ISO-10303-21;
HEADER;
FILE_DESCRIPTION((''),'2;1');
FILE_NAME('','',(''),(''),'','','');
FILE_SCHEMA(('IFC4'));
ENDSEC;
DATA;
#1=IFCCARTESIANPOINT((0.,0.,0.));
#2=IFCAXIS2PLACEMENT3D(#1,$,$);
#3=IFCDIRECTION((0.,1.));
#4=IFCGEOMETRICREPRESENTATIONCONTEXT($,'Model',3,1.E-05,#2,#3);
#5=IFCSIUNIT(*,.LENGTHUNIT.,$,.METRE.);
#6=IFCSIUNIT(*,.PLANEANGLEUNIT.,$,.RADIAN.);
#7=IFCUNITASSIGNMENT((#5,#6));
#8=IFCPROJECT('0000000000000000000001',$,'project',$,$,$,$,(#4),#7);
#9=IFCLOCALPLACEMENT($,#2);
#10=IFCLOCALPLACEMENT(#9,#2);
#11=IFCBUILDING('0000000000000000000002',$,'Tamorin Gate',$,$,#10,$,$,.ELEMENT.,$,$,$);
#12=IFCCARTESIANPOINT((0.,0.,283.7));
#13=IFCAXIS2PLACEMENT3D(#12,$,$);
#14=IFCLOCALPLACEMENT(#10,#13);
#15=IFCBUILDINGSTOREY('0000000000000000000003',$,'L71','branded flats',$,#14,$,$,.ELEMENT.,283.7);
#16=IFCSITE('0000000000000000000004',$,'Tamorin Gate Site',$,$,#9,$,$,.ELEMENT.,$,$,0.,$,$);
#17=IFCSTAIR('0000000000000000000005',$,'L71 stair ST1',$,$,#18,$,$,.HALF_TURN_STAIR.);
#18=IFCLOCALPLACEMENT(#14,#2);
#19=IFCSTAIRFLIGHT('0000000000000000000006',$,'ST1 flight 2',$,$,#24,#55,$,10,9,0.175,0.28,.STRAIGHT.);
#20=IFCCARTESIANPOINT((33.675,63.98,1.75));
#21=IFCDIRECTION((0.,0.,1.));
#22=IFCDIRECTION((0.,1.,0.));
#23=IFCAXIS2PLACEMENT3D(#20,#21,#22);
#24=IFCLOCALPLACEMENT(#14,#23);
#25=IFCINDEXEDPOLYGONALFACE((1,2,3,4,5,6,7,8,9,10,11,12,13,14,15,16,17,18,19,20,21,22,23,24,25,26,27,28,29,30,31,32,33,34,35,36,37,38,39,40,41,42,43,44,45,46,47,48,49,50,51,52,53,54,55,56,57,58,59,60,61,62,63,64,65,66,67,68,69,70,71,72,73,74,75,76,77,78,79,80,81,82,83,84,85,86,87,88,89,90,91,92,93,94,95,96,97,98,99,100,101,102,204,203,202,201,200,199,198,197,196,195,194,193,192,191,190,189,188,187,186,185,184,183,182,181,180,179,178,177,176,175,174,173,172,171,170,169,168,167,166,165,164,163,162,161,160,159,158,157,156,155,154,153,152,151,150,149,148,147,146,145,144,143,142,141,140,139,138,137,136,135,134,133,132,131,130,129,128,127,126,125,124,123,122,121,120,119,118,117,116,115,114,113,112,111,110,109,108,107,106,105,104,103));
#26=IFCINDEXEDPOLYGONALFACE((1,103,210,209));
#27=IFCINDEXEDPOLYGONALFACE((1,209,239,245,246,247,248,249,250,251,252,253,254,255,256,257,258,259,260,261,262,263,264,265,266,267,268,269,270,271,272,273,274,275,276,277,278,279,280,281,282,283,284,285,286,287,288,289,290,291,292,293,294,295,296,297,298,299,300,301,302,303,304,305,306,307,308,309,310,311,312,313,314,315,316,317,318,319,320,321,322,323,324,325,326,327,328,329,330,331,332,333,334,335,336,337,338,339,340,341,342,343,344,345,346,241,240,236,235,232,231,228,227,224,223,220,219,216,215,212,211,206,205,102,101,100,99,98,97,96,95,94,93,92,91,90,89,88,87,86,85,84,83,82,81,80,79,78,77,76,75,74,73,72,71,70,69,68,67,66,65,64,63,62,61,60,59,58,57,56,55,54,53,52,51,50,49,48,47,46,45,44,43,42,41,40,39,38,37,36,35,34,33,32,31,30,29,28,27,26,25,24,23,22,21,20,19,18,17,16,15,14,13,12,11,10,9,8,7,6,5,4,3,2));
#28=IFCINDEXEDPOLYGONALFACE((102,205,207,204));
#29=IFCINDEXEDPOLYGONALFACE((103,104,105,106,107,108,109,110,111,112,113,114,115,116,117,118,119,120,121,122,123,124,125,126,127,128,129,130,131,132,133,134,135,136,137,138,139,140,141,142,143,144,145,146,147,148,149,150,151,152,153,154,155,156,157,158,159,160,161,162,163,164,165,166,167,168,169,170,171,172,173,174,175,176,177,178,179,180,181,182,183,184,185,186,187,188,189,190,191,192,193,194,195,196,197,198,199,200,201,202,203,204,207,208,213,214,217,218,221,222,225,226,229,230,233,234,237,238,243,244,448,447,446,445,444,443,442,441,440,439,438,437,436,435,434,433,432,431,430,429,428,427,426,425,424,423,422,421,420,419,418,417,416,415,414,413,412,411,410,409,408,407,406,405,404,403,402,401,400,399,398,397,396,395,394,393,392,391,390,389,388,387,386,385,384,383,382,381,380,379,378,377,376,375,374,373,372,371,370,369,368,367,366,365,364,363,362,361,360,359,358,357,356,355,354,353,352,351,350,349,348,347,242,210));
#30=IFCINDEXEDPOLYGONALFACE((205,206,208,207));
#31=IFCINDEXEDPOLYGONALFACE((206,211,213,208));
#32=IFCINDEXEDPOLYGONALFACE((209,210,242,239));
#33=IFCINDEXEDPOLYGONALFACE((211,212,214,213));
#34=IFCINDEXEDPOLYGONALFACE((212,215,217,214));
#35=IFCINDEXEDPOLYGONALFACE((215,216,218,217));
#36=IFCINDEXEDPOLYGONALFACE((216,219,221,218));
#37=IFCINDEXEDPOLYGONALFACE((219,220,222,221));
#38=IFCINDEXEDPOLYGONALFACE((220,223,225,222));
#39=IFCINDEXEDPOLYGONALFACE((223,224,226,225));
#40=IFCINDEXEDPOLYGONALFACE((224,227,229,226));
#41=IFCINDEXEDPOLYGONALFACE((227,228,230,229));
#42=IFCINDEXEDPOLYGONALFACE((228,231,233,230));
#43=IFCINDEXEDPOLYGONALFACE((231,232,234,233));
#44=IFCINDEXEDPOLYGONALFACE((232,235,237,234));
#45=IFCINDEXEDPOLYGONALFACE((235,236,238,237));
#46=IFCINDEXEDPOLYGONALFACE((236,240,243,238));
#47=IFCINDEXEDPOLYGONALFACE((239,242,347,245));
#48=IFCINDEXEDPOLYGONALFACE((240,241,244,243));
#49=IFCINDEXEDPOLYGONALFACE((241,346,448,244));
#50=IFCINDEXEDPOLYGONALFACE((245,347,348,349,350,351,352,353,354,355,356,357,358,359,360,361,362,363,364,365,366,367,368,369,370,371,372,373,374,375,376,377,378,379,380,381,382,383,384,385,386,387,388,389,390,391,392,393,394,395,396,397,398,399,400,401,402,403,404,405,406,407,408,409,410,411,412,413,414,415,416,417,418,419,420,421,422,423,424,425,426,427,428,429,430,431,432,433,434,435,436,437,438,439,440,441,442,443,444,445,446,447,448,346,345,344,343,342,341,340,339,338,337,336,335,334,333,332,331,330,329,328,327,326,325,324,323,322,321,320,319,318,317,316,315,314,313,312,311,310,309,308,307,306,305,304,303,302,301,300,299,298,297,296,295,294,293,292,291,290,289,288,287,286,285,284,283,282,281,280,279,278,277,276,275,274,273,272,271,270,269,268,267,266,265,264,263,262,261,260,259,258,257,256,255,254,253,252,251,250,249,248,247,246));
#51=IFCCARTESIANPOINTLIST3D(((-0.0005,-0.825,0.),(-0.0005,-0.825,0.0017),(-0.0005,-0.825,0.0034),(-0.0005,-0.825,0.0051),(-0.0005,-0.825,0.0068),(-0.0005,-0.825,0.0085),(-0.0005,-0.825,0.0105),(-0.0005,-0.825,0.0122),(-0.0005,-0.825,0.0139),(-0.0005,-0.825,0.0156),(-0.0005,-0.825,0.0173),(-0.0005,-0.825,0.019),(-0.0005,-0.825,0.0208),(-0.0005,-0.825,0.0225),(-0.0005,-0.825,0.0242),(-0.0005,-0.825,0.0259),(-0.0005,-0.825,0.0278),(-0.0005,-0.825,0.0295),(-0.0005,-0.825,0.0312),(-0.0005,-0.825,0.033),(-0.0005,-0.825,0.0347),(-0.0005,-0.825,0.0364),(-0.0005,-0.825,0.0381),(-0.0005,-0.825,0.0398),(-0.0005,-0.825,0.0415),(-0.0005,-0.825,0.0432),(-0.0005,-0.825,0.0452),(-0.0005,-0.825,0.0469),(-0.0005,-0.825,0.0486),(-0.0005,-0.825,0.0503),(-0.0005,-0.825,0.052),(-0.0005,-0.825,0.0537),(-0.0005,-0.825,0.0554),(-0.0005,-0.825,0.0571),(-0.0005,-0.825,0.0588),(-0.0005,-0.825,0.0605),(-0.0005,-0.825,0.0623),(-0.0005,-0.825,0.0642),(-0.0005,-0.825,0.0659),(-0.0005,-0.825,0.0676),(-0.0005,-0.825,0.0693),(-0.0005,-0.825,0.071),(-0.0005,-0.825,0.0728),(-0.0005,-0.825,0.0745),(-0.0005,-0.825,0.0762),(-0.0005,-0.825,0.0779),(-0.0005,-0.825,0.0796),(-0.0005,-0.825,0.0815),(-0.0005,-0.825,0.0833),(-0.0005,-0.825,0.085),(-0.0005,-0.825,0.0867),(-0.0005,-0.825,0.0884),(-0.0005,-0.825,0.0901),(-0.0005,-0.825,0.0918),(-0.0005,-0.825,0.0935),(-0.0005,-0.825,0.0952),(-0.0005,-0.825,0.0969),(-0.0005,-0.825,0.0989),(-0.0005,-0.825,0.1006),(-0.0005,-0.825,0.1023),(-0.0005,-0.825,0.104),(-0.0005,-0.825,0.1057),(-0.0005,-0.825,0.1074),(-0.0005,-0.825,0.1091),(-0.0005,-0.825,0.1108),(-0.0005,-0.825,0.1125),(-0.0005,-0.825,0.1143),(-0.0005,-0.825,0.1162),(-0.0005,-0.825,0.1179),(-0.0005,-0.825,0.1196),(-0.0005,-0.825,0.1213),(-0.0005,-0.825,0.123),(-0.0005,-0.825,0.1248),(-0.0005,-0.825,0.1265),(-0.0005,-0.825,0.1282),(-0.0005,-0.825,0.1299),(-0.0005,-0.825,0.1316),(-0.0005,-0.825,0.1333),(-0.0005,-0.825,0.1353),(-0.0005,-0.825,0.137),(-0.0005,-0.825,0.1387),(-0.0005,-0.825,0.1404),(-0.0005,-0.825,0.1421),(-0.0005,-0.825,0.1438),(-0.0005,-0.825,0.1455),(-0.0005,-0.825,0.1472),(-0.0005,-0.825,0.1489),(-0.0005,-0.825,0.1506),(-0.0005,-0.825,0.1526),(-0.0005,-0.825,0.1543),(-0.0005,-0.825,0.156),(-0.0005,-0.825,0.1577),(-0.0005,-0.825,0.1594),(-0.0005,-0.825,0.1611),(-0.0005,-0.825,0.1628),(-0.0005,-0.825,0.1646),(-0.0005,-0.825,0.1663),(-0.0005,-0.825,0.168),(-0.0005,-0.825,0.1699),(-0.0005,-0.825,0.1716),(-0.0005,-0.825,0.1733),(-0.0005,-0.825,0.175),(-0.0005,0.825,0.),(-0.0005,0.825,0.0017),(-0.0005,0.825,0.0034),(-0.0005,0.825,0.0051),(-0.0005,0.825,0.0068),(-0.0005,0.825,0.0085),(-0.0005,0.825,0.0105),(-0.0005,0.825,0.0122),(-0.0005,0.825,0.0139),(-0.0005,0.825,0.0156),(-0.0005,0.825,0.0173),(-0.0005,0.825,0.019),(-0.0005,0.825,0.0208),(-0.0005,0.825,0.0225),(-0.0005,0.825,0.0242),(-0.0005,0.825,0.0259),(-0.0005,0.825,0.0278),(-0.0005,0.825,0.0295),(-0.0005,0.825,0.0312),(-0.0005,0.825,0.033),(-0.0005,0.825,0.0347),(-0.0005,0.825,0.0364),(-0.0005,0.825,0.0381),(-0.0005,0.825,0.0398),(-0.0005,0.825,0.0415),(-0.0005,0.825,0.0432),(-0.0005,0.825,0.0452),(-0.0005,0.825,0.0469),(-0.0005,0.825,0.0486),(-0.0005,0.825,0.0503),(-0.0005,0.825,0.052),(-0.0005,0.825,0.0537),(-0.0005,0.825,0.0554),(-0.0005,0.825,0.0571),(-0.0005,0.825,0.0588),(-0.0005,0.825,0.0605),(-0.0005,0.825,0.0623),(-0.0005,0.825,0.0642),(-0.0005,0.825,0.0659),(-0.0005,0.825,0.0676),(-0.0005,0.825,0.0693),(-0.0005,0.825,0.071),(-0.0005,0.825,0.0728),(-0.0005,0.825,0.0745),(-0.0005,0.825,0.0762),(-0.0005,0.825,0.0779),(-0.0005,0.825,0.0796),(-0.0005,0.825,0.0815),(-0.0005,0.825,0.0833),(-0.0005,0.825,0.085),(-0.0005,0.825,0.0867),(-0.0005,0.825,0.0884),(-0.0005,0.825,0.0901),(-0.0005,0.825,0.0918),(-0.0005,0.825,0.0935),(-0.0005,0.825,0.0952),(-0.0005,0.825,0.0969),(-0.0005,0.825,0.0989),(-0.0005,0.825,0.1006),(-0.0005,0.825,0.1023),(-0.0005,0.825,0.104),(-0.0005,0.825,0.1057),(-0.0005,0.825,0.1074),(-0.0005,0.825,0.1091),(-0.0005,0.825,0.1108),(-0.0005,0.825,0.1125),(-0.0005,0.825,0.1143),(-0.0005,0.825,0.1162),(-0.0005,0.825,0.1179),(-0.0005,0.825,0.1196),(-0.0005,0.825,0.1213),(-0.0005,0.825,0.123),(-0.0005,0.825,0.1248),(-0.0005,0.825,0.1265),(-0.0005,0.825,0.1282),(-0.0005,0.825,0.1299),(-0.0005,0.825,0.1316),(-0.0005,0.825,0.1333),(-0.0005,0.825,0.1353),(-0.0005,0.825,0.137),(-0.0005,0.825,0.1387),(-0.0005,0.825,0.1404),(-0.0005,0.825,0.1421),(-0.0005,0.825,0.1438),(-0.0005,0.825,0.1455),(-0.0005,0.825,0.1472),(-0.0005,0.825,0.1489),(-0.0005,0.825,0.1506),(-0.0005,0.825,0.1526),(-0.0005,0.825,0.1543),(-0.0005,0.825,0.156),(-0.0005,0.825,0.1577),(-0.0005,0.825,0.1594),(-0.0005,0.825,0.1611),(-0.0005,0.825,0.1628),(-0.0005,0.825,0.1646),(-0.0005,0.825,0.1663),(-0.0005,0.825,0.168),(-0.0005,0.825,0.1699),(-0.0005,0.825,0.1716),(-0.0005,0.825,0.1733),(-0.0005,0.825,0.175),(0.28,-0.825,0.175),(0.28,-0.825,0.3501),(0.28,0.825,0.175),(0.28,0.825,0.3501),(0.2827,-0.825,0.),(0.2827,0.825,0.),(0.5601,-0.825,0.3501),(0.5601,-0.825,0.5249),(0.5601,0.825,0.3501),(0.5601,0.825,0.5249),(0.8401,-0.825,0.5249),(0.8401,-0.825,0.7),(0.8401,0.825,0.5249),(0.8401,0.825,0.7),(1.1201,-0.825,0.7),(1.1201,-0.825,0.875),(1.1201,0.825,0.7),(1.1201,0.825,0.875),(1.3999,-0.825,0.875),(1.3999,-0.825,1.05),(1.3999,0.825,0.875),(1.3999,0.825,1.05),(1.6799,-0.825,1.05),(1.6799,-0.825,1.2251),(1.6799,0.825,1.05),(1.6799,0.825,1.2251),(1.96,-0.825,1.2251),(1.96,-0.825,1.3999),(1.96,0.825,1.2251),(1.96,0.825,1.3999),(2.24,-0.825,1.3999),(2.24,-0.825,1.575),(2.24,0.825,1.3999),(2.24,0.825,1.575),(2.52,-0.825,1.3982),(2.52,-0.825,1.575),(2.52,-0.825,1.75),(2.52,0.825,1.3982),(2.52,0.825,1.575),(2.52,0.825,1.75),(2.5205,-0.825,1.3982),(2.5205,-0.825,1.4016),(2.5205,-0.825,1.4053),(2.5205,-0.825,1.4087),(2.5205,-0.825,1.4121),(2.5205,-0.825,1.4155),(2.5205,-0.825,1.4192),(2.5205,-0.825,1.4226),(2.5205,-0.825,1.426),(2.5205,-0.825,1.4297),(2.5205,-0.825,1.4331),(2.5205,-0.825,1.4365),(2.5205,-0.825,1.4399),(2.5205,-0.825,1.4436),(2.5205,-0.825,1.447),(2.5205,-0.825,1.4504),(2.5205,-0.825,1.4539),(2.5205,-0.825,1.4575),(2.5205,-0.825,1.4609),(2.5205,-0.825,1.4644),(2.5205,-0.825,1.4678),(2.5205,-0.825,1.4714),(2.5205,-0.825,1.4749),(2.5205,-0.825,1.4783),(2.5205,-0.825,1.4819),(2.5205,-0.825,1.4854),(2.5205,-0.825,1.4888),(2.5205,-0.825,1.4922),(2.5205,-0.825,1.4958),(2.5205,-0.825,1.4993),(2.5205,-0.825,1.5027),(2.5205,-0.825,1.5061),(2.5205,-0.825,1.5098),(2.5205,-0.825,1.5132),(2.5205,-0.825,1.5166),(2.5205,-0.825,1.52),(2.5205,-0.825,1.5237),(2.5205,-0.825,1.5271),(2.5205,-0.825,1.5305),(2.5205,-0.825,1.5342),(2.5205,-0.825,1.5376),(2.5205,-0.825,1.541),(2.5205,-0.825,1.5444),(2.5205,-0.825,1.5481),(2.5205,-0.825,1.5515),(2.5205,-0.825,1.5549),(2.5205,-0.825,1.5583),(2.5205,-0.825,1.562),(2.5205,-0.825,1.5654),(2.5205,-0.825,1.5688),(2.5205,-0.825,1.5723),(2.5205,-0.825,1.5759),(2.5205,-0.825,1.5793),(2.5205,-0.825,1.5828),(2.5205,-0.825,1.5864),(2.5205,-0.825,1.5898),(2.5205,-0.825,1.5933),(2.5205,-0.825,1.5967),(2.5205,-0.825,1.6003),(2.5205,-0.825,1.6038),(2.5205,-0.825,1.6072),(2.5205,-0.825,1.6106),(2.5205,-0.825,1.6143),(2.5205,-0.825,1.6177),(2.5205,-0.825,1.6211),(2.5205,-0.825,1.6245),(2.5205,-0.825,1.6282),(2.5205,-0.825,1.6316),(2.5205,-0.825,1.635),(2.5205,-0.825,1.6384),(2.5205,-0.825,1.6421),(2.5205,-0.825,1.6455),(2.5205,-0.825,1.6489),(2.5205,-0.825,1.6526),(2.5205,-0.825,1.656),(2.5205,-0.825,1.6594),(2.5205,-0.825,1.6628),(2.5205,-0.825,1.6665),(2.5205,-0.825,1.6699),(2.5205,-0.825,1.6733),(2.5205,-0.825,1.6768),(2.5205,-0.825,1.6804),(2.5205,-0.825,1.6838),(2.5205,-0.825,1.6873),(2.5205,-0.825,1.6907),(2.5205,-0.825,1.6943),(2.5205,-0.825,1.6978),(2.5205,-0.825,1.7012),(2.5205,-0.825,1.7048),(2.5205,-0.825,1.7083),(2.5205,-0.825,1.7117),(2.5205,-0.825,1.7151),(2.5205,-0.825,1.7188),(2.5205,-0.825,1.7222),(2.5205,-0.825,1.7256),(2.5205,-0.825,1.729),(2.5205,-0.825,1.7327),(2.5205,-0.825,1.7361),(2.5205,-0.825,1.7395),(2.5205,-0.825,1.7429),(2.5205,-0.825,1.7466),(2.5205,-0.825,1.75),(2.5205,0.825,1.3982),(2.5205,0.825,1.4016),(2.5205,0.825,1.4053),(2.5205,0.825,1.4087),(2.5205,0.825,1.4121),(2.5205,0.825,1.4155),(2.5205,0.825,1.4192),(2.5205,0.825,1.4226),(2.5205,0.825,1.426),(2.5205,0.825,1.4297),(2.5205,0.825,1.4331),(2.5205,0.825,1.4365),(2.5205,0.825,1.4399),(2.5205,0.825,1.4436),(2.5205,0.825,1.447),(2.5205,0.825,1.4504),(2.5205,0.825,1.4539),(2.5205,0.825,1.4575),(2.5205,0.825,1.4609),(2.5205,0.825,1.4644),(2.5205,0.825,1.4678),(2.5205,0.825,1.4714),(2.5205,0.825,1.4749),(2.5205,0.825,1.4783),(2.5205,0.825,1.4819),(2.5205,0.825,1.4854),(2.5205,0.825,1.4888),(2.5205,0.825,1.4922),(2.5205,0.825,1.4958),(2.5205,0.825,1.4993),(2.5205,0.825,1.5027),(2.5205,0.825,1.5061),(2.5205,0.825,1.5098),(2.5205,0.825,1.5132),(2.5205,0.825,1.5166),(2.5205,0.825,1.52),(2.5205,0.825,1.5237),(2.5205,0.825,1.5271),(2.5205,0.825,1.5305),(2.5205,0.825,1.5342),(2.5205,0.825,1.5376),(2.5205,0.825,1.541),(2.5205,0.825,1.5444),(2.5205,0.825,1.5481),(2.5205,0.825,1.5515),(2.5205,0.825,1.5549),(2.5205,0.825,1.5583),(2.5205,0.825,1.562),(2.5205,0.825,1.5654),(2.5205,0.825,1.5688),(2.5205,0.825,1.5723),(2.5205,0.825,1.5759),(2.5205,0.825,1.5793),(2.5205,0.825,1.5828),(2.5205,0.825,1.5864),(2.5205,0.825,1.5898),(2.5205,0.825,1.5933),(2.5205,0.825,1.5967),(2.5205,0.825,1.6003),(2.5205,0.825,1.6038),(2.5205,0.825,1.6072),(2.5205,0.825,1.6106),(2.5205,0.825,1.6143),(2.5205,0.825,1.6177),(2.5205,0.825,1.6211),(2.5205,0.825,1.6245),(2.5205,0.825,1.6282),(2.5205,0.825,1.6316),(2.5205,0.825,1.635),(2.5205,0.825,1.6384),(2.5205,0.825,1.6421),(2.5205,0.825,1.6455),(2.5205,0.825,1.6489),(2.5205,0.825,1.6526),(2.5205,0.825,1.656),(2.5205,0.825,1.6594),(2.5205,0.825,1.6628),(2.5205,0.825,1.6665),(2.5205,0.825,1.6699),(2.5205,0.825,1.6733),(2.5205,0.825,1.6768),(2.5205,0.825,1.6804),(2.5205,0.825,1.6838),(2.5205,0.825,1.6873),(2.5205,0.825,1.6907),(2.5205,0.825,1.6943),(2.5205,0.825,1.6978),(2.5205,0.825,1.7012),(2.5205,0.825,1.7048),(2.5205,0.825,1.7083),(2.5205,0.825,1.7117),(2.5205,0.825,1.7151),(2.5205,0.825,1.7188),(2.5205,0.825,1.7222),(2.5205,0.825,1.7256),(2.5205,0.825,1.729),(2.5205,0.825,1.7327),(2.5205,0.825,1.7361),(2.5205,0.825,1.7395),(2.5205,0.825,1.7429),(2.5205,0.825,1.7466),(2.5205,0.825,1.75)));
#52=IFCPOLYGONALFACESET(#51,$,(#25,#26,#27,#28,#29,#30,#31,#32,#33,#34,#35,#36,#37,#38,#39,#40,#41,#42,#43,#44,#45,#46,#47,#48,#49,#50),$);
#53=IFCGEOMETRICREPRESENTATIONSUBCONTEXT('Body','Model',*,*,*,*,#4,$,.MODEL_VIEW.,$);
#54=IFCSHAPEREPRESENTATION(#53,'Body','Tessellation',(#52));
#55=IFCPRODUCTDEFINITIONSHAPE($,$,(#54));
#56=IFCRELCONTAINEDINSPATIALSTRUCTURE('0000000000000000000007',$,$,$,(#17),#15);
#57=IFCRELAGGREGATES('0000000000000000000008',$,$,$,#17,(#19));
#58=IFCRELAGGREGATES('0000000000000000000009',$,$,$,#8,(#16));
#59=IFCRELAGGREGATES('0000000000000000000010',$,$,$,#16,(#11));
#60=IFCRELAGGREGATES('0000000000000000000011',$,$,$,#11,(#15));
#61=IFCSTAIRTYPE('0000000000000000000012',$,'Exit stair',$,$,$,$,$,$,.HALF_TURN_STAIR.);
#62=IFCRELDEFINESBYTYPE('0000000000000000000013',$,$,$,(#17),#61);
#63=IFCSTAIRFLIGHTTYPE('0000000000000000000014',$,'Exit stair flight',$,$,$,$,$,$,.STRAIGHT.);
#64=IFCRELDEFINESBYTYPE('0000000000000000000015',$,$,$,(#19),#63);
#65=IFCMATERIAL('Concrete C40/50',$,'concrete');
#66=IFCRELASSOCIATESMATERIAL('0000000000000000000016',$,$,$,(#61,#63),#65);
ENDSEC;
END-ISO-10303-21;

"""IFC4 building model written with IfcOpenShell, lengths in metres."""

from ifc_helpers import new_model, si_unit, direction, frame, origin, place, context, subcontext, project, spatial, polyline, outline, extrude, material, type_object, element, aggregate, save


model = new_model("IFC4")

# Units and contexts
model_context = context("Model", 3, precision=1e-05, world=origin(), true_north=direction((0.0, 1.0)))
body_context = subcontext(model_context, "Body", "Model", "MODEL_VIEW")
ifc_project = project(units=[si_unit("LENGTHUNIT", "METRE"), si_unit("PLANEANGLEUNIT", "RADIAN")], contexts=[model_context])

# Site, building, storey
site_placement = place(None, origin())
site = spatial("IfcSite", under=ifc_project, at=site_placement, Name="Tamorin Gate Site", CompositionType="ELEMENT", RefElevation=0.0)
building_placement = place(site_placement, origin())
building = spatial("IfcBuilding", under=site, at=building_placement, Name="Tamorin Gate", CompositionType="ELEMENT")
storey_placement = place(building_placement, frame((0.0, 0.0, 283.7)))
storey = spatial("IfcBuildingStorey", under=building, at=storey_placement, Name="L71", Description="branded flats", CompositionType="ELEMENT", Elevation=283.7)

# Shared definitions
ifc_material_1 = material(Name="Concrete C40/50", Category="concrete")

# Stair, stair flight
stair_type = type_object("IfcStairType", Name="Exit stair", PredefinedType="HALF_TURN_STAIR", material=ifc_material_1)
stair_1_placement = place(storey_placement, origin())
stair_1 = element("IfcStair", 1, at=stair_1_placement, inside=storey, type_object=stair_type, Name="L71 stair ST1", PredefinedType="HALF_TURN_STAIR")
stair_flight_type = type_object("IfcStairFlightType", Name="Exit stair flight", PredefinedType="STRAIGHT", material=ifc_material_1)
stair_flight_1_placement = place(storey_placement, frame((33.675, 63.98, 1.75), z_axis=(0.0, 0.0, 1.0), x_axis=(0.0, 1.0, 0.0)))
stair_flight_1 = element("IfcStairFlight", 2, at=stair_flight_1_placement, type_object=stair_flight_type, Name="ST1 flight 2", NumberOfRisers=10, NumberOfTreads=9, PredefinedType="STRAIGHT", RiserHeight=0.175, TreadLength=0.28, context=body_context, shape_type="SweptSolid", body=[
    extrude(outline(polyline([(-0.0005, 0.0), (-0.0005, 0.0017), (-0.0005, 0.0034), (-0.0005, 0.0051), (-0.0005, 0.0068), (-0.0005, 0.0085), (-0.0005, 0.0105), (-0.0005, 0.0122), (-0.0005, 0.0139), (-0.0005, 0.0156), (-0.0005, 0.0173), (-0.0005, 0.019), (-0.0005, 0.0208), (-0.0005, 0.0225), (-0.0005, 0.0242), (-0.0005, 0.0259), (-0.0005, 0.0278), (-0.0005, 0.0295), (-0.0005, 0.0312), (-0.0005, 0.033), (-0.0005, 0.0347), (-0.0005, 0.0364), (-0.0005, 0.0381), (-0.0005, 0.0398), (-0.0005, 0.0415), (-0.0005, 0.0432), (-0.0005, 0.0452), (-0.0005, 0.0469), (-0.0005, 0.0486), (-0.0005, 0.0503), (-0.0005, 0.052), (-0.0005, 0.0537), (-0.0005, 0.0554), (-0.0005, 0.0571), (-0.0005, 0.0588), (-0.0005, 0.0605), (-0.0005, 0.0623), (-0.0005, 0.0642), (-0.0005, 0.0659), (-0.0005, 0.0676), (-0.0005, 0.0693), (-0.0005, 0.071), (-0.0005, 0.0728), (-0.0005, 0.0745), (-0.0005, 0.0762), (-0.0005, 0.0779), (-0.0005, 0.0796), (-0.0005, 0.0815), (-0.0005, 0.0833), (-0.0005, 0.085), (-0.0005, 0.0867), (-0.0005, 0.0884), (-0.0005, 0.0901), (-0.0005, 0.0918), (-0.0005, 0.0935), (-0.0005, 0.0952), (-0.0005, 0.0969), (-0.0005, 0.0989), (-0.0005, 0.1006), (-0.0005, 0.1023), (-0.0005, 0.104), (-0.0005, 0.1057), (-0.0005, 0.1074), (-0.0005, 0.1091), (-0.0005, 0.1108), (-0.0005, 0.1125), (-0.0005, 0.1143), (-0.0005, 0.1162), (-0.0005, 0.1179), (-0.0005, 0.1196), (-0.0005, 0.1213), (-0.0005, 0.123), (-0.0005, 0.1248), (-0.0005, 0.1265), (-0.0005, 0.1282), (-0.0005, 0.1299), (-0.0005, 0.1316), (-0.0005, 0.1333), (-0.0005, 0.1353), (-0.0005, 0.137), (-0.0005, 0.1387), (-0.0005, 0.1404), (-0.0005, 0.1421), (-0.0005, 0.1438), (-0.0005, 0.1455), (-0.0005, 0.1472), (-0.0005, 0.1489), (-0.0005, 0.1506), (-0.0005, 0.1526), (-0.0005, 0.1543), (-0.0005, 0.156), (-0.0005, 0.1577), (-0.0005, 0.1594), (-0.0005, 0.1611), (-0.0005, 0.1628), (-0.0005, 0.1646), (-0.0005, 0.1663), (-0.0005, 0.168), (-0.0005, 0.1699), (-0.0005, 0.1716), (-0.0005, 0.1733), (-0.0005, 0.175), (0.28, 0.175), (0.28, 0.3501), (0.5601, 0.3501), (0.5601, 0.5249), (0.8401, 0.5249), (0.8401, 0.7), (1.1201, 0.7), (1.1201, 0.875), (1.3999, 0.875), (1.3999, 1.05), (1.6799, 1.05), (1.6799, 1.2251), (1.96, 1.2251), (1.96, 1.3999), (2.24, 1.3999), (2.24, 1.575), (2.52, 1.575), (2.52, 1.75), (2.5205, 1.75), (2.5205, 1.7466), (2.5205, 1.7429), (2.5205, 1.7395), (2.5205, 1.7361), (2.5205, 1.7327), (2.5205, 1.729), (2.5205, 1.7256), (2.5205, 1.7222), (2.5205, 1.7188), (2.5205, 1.7151), (2.5205, 1.7117), (2.5205, 1.7083), (2.5205, 1.7048), (2.5205, 1.7012), (2.5205, 1.6978), (2.5205, 1.6943), (2.5205, 1.6907), (2.5205, 1.6873), (2.5205, 1.6838), (2.5205, 1.6804), (2.5205, 1.6768), (2.5205, 1.6733), (2.5205, 1.6699), (2.5205, 1.6665), (2.5205, 1.6628), (2.5205, 1.6594), (2.5205, 1.656), (2.5205, 1.6526), (2.5205, 1.6489), (2.5205, 1.6455), (2.5205, 1.6421), (2.5205, 1.6384), (2.5205, 1.635), (2.5205, 1.6316), (2.5205, 1.6282), (2.5205, 1.6245), (2.5205, 1.6211), (2.5205, 1.6177), (2.5205, 1.6143), (2.5205, 1.6106), (2.5205, 1.6072), (2.5205, 1.6038), (2.5205, 1.6003), (2.5205, 1.5967), (2.5205, 1.5933), (2.5205, 1.5898), (2.5205, 1.5864), (2.5205, 1.5828), (2.5205, 1.5793), (2.5205, 1.5759), (2.5205, 1.5723), (2.5205, 1.5688), (2.5205, 1.5654), (2.5205, 1.562), (2.5205, 1.5583), (2.5205, 1.5549), (2.5205, 1.5515), (2.5205, 1.5481), (2.5205, 1.5444), (2.5205, 1.541), (2.5205, 1.5376), (2.5205, 1.5342), (2.5205, 1.5305), (2.5205, 1.5271), (2.5205, 1.5237), (2.5205, 1.52), (2.5205, 1.5166), (2.5205, 1.5132), (2.5205, 1.5098), (2.5205, 1.5061), (2.5205, 1.5027), (2.5205, 1.4993), (2.5205, 1.4958), (2.5205, 1.4922), (2.5205, 1.4888), (2.5205, 1.4854), (2.5205, 1.4819), (2.5205, 1.4783), (2.5205, 1.4749), (2.5205, 1.4714), (2.5205, 1.4678), (2.5205, 1.4644), (2.5205, 1.4609), (2.5205, 1.4575), (2.5205, 1.4539), (2.5205, 1.4504), (2.5205, 1.447), (2.5205, 1.4436), (2.5205, 1.4399), (2.5205, 1.4365), (2.5205, 1.4331), (2.5205, 1.4297), (2.5205, 1.426), (2.5205, 1.4226), (2.5205, 1.4192), (2.5205, 1.4155), (2.5205, 1.4121), (2.5205, 1.4087), (2.5205, 1.4053), (2.5205, 1.4016), (2.5205, 1.3982), (2.52, 1.3982), (0.2827, 0.0), (-0.0005, 0.0)])), frame((0.0, 0.825, 0.0), z_axis=(0.0, -1.0, 0.0), x_axis=(1.0, 0.0, 0.0)), (0.0, 0.0, 1.0), 1.6499),
])
aggregate(stair_1, [stair_flight_1])

save(model, "model.ifc")
